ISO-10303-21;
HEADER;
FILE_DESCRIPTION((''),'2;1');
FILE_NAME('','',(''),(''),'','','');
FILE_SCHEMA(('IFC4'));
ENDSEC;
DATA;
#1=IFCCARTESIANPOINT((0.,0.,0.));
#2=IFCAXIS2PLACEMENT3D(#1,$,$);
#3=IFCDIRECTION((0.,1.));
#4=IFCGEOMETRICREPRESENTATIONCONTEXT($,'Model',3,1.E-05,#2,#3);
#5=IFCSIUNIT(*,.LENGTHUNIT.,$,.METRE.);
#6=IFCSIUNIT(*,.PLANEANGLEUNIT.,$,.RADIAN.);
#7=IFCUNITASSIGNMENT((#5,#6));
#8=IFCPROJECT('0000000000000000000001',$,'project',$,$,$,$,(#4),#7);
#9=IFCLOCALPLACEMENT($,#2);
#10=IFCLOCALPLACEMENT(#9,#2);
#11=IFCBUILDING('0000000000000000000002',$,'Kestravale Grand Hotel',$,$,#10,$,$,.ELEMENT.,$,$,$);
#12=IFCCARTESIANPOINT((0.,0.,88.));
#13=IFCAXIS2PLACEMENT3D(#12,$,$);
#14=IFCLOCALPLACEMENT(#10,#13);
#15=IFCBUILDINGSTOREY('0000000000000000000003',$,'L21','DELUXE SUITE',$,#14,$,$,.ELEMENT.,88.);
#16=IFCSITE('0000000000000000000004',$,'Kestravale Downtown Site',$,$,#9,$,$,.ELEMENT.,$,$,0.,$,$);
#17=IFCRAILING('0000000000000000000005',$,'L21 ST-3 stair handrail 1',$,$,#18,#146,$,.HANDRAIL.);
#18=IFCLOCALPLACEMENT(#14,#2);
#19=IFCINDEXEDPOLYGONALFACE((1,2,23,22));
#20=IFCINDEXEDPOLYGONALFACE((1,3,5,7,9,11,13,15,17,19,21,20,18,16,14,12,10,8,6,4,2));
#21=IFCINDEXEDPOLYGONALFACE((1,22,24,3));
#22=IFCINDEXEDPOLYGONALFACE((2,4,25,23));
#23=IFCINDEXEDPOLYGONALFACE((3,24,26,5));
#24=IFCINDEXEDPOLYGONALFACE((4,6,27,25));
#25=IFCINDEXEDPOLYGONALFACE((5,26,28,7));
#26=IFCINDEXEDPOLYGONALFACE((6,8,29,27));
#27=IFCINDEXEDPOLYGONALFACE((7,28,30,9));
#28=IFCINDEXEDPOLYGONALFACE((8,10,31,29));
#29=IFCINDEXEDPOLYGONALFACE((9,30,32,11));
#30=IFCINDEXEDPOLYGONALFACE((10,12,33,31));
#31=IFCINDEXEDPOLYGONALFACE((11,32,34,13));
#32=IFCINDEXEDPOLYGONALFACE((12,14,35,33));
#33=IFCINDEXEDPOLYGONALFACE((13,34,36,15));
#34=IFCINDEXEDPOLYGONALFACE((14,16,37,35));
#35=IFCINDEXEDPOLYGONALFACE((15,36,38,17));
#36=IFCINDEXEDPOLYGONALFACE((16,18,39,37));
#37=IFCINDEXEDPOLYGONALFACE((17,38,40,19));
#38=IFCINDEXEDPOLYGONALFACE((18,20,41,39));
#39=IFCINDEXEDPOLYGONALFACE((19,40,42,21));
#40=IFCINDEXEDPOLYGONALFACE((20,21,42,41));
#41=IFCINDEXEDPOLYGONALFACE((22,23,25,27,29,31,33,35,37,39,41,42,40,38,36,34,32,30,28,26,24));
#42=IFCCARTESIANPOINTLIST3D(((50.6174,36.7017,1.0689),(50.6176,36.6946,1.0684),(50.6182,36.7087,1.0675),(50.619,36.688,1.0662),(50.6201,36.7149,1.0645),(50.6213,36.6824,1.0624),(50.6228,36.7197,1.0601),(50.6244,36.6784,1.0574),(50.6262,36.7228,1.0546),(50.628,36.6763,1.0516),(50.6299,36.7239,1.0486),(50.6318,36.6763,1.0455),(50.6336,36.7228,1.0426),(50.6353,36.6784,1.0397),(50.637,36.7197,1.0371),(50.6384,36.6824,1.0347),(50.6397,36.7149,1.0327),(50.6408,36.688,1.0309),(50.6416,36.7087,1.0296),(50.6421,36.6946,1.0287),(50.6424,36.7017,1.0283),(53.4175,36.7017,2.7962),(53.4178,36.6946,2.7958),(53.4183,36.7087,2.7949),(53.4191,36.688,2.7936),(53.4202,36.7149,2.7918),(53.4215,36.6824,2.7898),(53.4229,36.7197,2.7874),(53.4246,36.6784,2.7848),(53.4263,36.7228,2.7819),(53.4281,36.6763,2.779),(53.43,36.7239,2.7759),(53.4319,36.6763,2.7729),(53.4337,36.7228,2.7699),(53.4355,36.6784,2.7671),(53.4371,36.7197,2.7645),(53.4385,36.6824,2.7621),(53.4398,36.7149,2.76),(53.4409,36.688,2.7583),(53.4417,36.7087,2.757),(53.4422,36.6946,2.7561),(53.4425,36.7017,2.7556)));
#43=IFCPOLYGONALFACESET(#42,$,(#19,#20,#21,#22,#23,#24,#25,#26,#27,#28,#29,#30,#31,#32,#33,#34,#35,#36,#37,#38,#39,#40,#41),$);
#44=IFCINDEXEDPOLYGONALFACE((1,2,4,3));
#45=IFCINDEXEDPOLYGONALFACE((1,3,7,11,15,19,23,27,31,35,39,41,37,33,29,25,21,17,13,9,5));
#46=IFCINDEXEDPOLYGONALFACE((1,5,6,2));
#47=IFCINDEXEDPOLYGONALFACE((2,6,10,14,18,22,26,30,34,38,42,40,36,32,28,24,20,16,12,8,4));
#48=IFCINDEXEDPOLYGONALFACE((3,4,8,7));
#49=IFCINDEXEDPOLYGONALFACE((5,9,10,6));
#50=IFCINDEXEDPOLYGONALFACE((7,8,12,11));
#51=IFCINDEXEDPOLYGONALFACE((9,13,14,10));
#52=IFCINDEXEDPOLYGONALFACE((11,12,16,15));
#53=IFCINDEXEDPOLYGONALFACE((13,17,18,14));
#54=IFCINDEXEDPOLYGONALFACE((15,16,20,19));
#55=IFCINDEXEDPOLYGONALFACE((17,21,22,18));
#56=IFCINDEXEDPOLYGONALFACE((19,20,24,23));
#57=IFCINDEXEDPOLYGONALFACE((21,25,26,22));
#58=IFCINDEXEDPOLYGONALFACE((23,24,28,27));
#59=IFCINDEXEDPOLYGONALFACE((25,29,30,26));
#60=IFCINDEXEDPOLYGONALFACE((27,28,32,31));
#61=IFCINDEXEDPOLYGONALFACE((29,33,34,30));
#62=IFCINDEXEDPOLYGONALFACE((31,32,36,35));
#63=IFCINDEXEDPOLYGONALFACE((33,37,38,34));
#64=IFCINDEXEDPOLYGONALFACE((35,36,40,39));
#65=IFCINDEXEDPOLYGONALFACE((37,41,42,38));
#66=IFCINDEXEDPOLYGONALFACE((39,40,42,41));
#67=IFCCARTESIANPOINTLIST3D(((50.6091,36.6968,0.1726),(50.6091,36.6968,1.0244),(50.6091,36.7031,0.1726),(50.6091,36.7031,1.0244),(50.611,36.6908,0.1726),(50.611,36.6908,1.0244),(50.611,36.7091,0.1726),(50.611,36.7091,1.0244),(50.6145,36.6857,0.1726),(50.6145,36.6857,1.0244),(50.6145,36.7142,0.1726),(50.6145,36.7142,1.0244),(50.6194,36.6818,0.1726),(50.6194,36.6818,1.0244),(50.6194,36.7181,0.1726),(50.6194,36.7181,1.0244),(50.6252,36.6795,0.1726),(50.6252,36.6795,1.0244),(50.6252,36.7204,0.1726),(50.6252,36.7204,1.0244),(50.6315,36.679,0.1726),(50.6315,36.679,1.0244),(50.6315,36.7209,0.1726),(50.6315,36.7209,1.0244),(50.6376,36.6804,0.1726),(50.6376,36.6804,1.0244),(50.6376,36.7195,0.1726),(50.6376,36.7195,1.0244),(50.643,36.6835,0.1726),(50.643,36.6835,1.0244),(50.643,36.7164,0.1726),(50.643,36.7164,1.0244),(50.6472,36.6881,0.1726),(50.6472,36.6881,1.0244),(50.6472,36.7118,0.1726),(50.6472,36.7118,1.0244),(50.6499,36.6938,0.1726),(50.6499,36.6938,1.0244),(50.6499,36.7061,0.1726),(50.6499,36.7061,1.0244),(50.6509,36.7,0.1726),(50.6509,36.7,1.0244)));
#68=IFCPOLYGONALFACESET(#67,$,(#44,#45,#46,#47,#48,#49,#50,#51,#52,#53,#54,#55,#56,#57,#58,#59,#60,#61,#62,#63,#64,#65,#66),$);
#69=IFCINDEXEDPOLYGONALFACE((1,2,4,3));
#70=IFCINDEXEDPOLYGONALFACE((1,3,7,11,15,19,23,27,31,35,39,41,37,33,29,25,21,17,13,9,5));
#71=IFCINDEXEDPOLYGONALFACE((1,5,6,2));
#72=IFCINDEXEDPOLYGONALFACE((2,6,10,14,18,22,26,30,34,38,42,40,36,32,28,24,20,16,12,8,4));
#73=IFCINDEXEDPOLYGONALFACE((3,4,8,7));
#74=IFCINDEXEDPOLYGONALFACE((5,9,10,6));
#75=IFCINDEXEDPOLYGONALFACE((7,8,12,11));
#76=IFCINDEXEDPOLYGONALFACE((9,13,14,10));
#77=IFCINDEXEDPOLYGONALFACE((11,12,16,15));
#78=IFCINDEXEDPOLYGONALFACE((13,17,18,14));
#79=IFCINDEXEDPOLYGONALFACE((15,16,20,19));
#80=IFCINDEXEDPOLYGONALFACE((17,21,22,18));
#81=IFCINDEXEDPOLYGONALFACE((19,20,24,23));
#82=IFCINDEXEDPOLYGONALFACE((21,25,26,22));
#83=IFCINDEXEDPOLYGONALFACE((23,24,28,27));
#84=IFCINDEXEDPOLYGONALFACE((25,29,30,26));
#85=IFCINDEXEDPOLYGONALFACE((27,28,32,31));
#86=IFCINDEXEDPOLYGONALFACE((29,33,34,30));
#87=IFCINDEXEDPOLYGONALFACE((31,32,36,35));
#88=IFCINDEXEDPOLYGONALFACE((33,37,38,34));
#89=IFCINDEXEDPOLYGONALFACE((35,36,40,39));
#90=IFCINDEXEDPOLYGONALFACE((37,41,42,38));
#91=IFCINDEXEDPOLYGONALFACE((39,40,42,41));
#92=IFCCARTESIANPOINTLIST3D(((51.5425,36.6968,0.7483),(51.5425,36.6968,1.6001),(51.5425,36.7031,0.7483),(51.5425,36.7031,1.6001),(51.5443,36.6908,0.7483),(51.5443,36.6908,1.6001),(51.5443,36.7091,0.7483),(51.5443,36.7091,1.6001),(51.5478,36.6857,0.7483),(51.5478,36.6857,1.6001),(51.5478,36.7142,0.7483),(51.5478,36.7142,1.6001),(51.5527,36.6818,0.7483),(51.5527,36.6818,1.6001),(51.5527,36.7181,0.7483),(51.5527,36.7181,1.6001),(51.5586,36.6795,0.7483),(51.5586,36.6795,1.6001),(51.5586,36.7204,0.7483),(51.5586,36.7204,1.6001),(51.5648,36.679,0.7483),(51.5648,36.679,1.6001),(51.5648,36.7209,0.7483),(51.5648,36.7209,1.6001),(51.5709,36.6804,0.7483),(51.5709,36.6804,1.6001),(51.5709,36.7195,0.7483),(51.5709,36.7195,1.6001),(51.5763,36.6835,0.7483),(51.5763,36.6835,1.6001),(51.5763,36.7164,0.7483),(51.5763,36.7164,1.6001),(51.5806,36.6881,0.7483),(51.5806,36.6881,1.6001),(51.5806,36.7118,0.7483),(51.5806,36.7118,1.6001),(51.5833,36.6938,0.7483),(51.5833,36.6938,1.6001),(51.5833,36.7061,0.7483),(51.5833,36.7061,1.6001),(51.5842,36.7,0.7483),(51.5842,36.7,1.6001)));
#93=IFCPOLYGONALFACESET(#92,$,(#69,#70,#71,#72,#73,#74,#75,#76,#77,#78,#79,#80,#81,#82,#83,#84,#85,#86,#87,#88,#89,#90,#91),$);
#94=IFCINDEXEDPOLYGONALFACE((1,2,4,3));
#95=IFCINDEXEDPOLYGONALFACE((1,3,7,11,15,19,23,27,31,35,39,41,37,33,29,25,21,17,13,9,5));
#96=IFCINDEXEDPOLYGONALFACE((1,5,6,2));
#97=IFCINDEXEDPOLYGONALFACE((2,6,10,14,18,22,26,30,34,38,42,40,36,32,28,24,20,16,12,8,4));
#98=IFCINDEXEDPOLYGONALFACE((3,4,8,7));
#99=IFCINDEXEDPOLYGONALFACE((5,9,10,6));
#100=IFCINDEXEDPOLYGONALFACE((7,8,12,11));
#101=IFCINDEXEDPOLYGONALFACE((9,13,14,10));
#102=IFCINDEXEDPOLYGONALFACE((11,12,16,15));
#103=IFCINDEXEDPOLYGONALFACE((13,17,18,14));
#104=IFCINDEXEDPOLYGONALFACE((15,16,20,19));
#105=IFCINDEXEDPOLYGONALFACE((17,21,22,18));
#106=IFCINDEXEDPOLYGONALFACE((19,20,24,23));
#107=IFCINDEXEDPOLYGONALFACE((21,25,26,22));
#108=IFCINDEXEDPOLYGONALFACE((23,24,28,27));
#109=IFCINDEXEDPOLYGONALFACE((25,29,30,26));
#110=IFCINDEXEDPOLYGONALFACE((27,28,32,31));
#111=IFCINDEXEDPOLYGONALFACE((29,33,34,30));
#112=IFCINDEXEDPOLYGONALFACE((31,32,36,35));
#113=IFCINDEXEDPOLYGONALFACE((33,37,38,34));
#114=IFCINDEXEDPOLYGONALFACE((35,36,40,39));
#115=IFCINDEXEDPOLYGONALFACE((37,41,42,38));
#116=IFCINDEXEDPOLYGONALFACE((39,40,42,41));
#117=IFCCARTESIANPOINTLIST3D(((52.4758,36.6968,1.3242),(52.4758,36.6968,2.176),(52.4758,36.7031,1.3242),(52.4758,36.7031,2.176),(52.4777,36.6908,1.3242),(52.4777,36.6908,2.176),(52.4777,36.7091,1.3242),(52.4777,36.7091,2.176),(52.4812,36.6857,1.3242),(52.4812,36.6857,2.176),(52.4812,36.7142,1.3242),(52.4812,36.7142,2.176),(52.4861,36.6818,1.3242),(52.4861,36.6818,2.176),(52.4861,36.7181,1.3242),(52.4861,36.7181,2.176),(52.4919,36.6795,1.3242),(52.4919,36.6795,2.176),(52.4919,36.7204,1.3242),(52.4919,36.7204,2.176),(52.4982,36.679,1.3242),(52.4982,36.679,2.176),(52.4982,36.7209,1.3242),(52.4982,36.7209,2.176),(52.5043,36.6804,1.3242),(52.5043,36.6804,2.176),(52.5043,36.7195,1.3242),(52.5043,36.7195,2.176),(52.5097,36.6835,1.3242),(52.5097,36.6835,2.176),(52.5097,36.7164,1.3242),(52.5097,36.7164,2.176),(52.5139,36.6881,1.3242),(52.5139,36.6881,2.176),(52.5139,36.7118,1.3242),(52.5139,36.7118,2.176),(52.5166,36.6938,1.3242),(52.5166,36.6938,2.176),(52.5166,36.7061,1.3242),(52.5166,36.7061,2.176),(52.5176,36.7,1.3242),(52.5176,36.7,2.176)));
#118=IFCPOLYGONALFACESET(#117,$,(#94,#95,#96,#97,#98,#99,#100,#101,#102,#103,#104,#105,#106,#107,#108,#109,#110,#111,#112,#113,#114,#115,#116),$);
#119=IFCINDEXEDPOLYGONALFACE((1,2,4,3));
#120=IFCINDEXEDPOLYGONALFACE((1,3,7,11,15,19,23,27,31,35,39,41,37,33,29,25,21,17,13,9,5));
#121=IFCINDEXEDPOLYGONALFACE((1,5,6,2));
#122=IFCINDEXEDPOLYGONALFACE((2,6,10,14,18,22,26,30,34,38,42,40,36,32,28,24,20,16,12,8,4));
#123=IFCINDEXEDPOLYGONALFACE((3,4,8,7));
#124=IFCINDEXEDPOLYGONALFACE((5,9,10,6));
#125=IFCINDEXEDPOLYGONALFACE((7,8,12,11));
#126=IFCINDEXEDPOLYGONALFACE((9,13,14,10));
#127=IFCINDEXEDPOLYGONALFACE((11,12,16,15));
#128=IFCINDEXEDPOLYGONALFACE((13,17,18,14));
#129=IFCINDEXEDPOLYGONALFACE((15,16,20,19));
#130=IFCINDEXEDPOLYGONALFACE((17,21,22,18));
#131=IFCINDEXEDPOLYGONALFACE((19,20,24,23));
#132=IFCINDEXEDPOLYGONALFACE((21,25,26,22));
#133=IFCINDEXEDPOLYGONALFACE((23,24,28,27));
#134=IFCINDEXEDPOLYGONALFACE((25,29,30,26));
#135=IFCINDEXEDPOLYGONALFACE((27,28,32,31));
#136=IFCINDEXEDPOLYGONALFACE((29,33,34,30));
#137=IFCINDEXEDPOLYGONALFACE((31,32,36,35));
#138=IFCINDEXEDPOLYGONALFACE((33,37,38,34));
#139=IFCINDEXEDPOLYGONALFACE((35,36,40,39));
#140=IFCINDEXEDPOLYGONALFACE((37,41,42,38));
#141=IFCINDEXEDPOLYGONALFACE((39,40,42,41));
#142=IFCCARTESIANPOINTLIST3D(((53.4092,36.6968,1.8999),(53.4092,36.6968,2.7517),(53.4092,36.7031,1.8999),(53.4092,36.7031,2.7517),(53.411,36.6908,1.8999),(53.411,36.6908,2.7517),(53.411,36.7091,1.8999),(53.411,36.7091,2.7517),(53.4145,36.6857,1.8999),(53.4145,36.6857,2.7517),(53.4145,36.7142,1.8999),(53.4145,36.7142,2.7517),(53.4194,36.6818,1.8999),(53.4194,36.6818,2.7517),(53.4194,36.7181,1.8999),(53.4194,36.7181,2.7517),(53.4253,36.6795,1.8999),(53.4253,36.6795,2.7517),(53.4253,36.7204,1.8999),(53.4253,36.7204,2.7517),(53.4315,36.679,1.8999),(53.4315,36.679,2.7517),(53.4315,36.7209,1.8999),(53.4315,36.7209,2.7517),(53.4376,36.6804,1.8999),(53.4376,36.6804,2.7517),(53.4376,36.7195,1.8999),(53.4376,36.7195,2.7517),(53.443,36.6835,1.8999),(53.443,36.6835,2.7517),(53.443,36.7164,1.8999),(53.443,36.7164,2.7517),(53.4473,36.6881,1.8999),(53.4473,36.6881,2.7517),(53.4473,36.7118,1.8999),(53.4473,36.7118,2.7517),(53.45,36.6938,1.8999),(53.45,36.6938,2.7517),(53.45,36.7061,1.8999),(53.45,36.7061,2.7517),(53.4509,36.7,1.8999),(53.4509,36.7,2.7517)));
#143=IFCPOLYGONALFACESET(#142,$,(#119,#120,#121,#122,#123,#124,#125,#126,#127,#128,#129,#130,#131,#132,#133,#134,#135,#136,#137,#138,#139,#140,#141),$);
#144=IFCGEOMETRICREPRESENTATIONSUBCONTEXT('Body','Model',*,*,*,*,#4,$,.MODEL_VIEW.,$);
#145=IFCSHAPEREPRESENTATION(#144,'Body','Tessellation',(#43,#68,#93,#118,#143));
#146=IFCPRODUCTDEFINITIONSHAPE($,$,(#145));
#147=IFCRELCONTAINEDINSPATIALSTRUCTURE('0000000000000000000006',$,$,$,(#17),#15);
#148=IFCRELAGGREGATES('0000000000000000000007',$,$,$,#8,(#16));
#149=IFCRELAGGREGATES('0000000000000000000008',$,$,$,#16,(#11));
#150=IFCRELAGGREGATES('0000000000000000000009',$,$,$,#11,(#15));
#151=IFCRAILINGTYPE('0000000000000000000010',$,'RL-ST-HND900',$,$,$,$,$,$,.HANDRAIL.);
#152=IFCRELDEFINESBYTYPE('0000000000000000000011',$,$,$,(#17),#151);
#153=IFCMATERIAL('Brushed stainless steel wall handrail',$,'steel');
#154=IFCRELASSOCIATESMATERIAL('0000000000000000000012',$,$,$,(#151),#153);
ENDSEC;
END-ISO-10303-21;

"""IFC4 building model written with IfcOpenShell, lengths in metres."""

from ifc_helpers import new_model, si_unit, direction, frame, origin, origin_2d, place, context, subcontext, project, spatial, circle, extrude, material, type_object, element, save


model = new_model("IFC4")

# Units and contexts
model_context = context("Model", 3, precision=1e-05, world=origin(), true_north=direction((0.0, 1.0)))
body_context = subcontext(model_context, "Body", "Model", "MODEL_VIEW")
ifc_project = project(units=[si_unit("LENGTHUNIT", "METRE"), si_unit("PLANEANGLEUNIT", "RADIAN")], contexts=[model_context])

# Site, building, storey
site_placement = place(None, origin())
site = spatial("IfcSite", under=ifc_project, at=site_placement, Name="Kestravale Downtown Site", CompositionType="ELEMENT", RefElevation=0.0)
building_placement = place(site_placement, origin())
building = spatial("IfcBuilding", under=site, at=building_placement, Name="Kestravale Grand Hotel", CompositionType="ELEMENT")
storey_placement = place(building_placement, frame((0.0, 0.0, 88.0)))
storey = spatial("IfcBuildingStorey", under=building, at=storey_placement, Name="L21", Description="DELUXE SUITE", CompositionType="ELEMENT", Elevation=88.0)

# Railing
ifc_material_1 = material(Name="Brushed stainless steel wall handrail", Category="steel")
railing_type_1 = type_object("IfcRailingType", Name="RL-ST-HND900", PredefinedType="HANDRAIL", material=ifc_material_1)
railing_1_placement = place(storey_placement, frame((50.6299, 36.7, 0.1726)))
element("IfcRailing", 1, at=railing_1_placement, inside=storey, type_object=railing_type_1, Name="L21 ST-3 stair handrail 1", PredefinedType="HANDRAIL", context=body_context, shape_type="SweptSolid", body=[
    extrude(circle(Radius=0.0239, at=origin_2d()), frame((0.0, 0.0, 0.876), z_axis=(0.85109, 0.0, 0.52502), x_axis=(0.0, 1.0, 0.0)), (0.0, 0.0, 1.0), 3.29),
    extrude(circle(Radius=0.021, at=origin_2d()), origin(), (0.0, 0.0, 1.0), 0.8518),
    extrude(circle(Radius=0.021, at=origin_2d()), frame((0.9333, 0.0, 0.5757)), (0.0, 0.0, 1.0), 0.8518),
    extrude(circle(Radius=0.021, at=origin_2d()), frame((1.8667, 0.0, 1.1516)), (0.0, 0.0, 1.0), 0.8518),
    extrude(circle(Radius=0.021, at=origin_2d()), frame((2.8, 0.0, 1.7273)), (0.0, 0.0, 1.0), 0.8518),
])

save(model, "model.ifc")
